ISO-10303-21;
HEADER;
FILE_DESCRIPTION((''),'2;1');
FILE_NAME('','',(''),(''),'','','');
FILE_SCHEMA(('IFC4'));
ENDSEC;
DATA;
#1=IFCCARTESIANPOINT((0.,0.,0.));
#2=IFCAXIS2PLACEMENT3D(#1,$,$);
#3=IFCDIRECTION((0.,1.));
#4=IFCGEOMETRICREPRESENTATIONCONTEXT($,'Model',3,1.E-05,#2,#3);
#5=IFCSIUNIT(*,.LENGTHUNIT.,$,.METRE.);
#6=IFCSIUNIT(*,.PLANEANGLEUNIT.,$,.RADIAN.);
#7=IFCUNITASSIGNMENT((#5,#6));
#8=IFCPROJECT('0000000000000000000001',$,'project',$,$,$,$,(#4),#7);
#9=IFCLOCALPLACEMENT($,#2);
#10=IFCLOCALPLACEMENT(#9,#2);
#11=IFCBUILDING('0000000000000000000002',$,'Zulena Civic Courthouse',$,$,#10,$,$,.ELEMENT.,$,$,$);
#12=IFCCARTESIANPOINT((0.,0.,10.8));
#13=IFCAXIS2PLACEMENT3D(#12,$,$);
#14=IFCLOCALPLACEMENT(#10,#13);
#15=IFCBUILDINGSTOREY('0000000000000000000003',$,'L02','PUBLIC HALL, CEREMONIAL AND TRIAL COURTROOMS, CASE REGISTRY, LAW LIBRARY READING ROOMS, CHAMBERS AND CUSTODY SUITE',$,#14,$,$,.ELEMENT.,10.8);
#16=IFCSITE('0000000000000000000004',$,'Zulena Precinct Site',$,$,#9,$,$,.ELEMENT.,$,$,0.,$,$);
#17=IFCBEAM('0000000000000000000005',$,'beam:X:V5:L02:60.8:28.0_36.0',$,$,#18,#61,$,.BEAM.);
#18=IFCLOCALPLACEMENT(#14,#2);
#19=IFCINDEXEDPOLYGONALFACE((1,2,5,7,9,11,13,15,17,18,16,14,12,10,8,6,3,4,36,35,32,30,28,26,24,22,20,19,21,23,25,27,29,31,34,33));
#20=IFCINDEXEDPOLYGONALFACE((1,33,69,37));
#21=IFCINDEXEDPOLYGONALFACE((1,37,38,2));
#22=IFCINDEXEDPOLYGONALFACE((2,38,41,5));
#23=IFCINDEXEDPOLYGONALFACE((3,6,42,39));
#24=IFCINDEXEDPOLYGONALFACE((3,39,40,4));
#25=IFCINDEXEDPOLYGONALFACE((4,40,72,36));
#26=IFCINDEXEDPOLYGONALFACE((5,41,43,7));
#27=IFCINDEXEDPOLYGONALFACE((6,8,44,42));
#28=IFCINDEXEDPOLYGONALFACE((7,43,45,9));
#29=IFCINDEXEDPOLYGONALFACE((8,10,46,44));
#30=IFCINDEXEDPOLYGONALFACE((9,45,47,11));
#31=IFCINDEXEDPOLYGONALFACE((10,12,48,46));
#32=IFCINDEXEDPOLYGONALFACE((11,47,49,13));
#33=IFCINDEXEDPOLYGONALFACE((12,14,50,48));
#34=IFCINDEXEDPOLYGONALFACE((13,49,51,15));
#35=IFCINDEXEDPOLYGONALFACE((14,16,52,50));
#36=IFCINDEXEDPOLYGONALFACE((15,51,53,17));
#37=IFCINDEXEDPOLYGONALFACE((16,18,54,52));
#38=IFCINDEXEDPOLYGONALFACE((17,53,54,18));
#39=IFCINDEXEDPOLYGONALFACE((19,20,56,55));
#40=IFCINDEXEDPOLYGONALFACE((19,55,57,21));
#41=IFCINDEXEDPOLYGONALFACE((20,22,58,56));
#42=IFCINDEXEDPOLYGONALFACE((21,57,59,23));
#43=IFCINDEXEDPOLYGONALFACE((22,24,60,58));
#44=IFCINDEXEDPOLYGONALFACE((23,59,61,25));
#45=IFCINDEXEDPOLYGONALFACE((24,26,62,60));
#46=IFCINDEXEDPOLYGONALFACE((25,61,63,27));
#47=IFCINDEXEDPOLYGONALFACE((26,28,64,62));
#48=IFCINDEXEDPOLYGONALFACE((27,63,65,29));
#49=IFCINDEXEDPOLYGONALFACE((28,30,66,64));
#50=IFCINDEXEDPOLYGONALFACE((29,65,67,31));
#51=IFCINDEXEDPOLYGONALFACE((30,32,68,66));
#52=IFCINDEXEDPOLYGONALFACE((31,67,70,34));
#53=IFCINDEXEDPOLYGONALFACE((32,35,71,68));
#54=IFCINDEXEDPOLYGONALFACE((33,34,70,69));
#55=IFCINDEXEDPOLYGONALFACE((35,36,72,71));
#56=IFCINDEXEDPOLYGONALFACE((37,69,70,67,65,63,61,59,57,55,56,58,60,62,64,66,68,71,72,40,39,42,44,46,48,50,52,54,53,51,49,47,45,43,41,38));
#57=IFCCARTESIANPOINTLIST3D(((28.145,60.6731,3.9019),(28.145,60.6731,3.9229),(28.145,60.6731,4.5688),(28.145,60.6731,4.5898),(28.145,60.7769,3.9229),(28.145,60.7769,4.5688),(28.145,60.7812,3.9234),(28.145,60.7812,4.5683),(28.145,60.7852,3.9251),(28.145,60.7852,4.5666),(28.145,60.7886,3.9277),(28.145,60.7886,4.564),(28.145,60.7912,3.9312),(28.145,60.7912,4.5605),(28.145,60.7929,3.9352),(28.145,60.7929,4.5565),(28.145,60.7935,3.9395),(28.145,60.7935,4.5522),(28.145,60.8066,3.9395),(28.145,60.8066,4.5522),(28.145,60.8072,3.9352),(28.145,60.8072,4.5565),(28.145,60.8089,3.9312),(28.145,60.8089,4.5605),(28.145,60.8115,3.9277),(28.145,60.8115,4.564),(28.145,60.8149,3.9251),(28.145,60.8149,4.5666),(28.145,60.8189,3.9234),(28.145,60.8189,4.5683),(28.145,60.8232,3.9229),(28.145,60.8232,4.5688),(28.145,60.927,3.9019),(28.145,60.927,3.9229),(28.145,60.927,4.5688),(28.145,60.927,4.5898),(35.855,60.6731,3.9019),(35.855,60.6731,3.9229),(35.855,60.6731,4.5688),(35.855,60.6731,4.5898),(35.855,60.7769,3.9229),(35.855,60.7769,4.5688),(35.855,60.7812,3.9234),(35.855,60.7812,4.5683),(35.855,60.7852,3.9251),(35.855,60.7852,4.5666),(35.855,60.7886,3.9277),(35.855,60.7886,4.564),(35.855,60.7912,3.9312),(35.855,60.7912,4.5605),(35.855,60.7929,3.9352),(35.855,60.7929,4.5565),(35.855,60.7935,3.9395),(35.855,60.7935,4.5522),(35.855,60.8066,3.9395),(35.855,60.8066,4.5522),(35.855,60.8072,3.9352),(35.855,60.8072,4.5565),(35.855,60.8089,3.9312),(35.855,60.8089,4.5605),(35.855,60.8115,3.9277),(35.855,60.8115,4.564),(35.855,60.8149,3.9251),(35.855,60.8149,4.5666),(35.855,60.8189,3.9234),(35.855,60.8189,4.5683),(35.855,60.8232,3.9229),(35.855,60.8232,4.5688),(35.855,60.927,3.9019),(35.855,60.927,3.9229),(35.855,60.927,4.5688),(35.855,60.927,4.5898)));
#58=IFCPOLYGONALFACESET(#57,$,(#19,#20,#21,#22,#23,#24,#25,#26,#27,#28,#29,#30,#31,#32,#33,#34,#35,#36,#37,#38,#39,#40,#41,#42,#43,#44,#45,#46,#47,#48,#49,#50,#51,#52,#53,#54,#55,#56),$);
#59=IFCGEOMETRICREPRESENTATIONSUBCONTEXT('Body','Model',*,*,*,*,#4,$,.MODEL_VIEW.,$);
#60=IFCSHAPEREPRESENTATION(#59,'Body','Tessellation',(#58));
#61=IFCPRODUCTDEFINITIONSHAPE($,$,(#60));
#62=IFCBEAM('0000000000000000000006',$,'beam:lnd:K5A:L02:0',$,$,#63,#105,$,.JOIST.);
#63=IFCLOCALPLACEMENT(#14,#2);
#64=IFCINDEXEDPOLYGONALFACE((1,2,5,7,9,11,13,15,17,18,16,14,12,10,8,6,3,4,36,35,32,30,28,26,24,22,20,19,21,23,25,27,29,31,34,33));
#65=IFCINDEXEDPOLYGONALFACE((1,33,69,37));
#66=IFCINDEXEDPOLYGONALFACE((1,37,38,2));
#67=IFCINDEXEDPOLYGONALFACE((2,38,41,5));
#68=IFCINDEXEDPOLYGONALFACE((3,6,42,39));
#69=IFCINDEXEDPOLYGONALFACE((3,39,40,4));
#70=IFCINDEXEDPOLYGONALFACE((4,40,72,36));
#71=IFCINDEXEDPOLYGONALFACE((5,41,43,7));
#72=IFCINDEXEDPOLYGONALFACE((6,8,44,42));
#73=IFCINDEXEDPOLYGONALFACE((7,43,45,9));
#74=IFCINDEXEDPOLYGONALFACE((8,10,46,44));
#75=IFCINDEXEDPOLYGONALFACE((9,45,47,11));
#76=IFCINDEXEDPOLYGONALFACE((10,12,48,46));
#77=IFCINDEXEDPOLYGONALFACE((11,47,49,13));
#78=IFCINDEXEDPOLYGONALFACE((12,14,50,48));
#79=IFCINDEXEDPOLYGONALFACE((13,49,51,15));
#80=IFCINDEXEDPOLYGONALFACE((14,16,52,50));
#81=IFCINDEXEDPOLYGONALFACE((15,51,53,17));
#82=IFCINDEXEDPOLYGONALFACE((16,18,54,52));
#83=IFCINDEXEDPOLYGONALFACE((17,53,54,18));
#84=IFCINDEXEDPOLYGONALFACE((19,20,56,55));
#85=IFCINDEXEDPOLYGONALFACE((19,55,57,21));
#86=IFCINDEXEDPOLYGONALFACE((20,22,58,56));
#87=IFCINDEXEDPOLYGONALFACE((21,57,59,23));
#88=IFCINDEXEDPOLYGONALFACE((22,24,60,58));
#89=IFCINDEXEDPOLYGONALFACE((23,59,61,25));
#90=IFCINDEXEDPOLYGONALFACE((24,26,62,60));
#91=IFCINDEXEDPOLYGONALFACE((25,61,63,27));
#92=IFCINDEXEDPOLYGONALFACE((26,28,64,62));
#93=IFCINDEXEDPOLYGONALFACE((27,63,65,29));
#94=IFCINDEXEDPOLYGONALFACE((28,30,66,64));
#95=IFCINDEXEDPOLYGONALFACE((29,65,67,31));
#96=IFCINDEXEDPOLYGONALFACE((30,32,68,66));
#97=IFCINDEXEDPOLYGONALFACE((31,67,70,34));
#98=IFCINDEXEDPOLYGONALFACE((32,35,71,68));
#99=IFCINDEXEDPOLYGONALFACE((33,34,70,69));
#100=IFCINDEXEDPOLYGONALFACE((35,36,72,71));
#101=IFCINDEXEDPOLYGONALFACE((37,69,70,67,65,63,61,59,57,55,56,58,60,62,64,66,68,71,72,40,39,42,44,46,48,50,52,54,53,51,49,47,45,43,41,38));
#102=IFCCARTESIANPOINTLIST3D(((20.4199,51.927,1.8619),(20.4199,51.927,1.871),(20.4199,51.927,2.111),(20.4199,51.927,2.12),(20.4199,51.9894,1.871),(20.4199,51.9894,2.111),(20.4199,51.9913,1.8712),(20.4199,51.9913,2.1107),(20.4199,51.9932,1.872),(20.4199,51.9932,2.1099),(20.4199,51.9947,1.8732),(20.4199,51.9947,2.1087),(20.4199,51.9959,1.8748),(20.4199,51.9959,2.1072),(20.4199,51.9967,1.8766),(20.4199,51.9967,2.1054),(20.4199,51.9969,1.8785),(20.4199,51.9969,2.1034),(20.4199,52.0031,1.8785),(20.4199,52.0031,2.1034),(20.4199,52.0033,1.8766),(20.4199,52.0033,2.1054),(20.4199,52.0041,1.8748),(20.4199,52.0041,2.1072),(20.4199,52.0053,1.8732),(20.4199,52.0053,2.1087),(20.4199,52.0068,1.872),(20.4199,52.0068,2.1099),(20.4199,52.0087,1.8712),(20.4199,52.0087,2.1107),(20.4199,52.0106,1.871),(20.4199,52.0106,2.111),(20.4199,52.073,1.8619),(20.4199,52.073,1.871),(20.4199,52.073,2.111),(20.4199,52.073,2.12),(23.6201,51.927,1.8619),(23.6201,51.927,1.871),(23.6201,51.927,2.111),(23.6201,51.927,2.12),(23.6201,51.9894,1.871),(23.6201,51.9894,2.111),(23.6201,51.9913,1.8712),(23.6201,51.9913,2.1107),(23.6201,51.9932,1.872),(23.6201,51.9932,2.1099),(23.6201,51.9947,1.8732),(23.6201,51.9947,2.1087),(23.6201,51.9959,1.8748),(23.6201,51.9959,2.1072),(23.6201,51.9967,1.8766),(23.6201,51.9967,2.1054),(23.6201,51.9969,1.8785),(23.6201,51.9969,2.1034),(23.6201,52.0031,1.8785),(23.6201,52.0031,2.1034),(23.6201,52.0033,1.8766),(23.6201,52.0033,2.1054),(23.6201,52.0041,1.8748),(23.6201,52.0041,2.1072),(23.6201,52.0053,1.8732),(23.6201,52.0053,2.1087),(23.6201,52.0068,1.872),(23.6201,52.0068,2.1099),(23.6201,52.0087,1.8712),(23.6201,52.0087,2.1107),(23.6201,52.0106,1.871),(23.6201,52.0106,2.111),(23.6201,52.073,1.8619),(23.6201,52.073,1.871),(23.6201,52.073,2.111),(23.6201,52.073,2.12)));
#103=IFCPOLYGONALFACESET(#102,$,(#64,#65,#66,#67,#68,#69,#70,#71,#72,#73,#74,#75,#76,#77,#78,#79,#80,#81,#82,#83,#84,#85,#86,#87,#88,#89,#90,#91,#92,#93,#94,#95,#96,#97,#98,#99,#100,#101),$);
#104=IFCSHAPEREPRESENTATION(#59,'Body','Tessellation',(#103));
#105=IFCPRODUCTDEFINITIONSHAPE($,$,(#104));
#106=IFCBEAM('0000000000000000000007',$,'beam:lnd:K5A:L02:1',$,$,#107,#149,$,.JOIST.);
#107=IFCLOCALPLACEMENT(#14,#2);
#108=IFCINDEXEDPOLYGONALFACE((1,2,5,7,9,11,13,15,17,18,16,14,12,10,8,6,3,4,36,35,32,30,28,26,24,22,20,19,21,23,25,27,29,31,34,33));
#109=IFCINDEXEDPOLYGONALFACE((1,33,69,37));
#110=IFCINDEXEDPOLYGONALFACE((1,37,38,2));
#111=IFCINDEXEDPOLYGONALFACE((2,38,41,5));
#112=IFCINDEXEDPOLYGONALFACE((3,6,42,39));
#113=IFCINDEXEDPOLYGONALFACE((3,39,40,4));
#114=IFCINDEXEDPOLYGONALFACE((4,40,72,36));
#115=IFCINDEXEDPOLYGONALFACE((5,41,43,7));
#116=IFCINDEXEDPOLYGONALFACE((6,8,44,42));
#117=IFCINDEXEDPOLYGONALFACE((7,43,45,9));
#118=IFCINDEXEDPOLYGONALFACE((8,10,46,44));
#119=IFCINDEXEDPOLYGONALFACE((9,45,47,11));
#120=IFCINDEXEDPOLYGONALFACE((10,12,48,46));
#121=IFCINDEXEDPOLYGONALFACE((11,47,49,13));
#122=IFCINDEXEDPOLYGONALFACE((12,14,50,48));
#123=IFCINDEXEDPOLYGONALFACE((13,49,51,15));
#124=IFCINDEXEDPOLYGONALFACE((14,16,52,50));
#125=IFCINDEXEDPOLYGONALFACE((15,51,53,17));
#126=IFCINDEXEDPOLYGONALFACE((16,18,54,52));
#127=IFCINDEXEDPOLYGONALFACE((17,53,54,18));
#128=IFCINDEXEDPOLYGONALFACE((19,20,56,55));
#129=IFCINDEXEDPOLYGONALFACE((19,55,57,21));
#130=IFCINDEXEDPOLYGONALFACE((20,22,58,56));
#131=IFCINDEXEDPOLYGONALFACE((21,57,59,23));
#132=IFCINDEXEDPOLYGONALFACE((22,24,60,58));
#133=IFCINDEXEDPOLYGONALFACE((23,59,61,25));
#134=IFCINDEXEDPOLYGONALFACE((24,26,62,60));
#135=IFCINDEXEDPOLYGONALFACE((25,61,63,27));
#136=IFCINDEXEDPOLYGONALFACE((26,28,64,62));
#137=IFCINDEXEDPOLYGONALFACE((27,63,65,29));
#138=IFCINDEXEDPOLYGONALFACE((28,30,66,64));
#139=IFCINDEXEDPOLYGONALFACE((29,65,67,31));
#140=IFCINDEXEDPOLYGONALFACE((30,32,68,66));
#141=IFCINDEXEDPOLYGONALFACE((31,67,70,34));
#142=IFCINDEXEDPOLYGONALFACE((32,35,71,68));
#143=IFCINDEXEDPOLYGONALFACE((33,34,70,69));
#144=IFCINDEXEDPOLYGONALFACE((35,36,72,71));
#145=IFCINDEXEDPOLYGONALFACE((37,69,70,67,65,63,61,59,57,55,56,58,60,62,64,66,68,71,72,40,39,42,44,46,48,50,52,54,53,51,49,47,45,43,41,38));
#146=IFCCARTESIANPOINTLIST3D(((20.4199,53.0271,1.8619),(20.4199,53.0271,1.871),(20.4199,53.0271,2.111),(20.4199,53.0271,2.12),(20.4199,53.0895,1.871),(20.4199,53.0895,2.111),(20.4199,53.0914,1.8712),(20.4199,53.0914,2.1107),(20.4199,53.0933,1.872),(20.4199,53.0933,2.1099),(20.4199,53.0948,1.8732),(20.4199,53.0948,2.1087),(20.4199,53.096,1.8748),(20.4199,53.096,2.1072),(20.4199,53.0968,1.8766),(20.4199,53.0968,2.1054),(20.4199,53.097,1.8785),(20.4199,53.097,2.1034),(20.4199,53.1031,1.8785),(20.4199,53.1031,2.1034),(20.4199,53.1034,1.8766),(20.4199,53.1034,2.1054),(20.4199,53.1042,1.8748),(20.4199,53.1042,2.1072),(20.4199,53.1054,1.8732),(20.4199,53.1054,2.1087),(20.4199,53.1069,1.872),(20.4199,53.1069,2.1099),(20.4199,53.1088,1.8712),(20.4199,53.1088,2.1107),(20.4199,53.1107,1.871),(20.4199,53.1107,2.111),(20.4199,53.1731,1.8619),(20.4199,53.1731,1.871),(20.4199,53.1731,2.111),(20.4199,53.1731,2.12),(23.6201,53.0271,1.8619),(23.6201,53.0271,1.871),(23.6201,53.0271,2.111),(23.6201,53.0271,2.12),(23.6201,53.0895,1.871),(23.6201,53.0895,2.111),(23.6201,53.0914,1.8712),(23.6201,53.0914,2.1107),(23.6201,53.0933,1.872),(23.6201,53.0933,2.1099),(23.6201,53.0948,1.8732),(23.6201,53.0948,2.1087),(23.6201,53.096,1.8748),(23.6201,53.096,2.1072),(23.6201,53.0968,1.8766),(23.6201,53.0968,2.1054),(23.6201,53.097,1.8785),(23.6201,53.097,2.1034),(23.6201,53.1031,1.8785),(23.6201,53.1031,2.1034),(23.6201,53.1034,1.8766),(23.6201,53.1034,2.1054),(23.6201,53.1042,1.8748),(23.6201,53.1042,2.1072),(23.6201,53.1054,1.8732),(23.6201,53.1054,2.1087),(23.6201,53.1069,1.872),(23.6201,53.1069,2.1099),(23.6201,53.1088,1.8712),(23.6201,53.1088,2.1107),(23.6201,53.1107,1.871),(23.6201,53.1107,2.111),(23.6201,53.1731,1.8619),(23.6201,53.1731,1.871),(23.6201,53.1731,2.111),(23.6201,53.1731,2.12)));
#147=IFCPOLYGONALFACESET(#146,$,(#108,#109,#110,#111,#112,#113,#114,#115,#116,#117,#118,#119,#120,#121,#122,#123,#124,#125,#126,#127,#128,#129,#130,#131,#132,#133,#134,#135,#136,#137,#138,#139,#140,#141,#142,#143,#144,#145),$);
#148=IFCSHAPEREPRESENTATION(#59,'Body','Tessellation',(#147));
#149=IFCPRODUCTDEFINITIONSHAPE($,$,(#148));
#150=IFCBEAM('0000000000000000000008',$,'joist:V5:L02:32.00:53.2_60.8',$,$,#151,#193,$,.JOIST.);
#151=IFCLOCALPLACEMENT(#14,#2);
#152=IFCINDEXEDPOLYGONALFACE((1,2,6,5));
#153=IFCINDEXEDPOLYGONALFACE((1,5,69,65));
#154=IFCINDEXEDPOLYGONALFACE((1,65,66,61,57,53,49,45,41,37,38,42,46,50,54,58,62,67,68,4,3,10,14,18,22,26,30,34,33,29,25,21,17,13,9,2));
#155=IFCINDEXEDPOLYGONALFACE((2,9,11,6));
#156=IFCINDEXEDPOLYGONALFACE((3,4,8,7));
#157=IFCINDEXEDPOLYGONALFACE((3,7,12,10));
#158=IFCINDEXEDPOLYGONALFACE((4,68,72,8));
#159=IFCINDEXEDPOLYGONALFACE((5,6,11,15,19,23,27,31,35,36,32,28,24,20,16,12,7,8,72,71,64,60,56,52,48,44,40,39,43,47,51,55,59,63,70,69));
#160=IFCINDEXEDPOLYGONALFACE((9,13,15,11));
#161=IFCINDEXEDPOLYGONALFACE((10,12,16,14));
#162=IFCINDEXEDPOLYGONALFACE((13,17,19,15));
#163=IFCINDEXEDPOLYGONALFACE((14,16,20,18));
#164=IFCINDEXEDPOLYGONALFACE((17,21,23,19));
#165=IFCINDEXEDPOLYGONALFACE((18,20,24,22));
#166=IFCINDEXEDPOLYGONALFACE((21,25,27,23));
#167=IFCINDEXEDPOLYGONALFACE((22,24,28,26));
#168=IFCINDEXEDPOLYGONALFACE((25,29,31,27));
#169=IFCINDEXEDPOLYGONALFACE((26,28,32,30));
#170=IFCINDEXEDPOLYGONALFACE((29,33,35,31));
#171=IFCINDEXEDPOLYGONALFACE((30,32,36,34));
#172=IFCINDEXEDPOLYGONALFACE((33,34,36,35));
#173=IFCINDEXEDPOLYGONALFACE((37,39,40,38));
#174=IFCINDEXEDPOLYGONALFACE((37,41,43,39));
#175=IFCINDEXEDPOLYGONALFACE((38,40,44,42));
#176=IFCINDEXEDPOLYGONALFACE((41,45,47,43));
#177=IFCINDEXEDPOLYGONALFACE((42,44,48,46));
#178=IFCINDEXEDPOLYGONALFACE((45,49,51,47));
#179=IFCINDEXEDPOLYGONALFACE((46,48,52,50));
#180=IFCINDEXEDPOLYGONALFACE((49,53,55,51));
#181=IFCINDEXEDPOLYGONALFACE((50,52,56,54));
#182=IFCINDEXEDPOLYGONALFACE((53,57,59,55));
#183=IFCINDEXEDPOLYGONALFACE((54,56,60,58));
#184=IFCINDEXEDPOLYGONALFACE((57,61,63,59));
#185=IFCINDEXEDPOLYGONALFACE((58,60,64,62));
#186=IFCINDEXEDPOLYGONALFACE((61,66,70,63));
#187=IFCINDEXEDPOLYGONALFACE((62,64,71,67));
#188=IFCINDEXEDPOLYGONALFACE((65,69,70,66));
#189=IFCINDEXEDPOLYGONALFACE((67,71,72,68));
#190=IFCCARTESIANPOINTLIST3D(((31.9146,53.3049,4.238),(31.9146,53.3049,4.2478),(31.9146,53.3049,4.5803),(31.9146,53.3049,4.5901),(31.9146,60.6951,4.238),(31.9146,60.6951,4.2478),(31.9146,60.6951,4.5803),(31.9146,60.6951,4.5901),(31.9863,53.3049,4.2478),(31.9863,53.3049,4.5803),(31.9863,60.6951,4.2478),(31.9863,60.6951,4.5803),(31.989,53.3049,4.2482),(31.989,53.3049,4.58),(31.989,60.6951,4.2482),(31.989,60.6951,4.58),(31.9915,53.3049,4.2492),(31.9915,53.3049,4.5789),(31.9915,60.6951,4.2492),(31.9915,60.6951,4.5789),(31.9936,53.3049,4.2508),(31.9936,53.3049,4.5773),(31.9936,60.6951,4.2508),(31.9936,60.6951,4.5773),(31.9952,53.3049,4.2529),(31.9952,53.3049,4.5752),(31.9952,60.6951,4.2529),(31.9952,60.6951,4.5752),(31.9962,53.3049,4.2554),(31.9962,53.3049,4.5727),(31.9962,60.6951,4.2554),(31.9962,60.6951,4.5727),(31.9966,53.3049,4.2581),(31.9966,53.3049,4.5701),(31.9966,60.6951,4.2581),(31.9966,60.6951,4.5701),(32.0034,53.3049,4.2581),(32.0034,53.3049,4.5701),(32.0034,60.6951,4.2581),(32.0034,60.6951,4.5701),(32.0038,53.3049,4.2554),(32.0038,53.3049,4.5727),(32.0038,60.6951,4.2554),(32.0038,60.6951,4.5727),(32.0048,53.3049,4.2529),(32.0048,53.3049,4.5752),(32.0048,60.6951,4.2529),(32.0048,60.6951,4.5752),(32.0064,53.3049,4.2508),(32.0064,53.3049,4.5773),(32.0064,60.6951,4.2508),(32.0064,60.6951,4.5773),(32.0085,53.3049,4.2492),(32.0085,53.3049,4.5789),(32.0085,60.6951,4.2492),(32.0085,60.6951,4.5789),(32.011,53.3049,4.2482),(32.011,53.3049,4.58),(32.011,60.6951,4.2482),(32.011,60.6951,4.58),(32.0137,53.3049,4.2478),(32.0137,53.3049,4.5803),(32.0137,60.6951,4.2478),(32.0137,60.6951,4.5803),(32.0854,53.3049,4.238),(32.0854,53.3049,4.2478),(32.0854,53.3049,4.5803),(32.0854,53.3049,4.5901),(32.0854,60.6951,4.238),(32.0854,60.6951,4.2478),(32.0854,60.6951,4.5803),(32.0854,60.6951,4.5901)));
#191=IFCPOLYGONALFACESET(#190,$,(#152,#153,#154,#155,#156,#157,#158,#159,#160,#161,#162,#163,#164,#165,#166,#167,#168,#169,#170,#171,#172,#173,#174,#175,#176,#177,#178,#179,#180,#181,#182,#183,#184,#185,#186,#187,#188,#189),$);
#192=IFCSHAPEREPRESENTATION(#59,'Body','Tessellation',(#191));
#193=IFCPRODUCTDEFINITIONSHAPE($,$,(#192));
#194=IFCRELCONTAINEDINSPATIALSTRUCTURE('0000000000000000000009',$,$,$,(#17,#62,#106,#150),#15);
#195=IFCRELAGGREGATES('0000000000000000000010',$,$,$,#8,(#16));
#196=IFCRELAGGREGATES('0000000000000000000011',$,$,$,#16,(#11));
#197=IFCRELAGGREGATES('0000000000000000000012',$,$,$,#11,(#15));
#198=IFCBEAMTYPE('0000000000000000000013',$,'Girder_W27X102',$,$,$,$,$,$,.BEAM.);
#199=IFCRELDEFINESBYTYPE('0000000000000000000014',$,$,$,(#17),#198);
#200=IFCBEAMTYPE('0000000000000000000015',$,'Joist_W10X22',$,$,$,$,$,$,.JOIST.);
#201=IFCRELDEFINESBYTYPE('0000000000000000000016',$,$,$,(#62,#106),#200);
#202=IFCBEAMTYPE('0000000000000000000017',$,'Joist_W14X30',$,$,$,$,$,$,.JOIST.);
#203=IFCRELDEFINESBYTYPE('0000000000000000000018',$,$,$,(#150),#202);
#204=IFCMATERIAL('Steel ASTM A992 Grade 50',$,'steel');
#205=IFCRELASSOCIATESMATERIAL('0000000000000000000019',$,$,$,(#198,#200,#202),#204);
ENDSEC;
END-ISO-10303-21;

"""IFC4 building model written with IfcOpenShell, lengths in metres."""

from ifc_helpers import new_model, si_unit, direction, frame, origin, origin_2d, place, context, subcontext, project, spatial, i_section, extrude, material, material_profile, profile_set, type_object, element, save


model = new_model("IFC4")

# Units and contexts
model_context = context("Model", 3, precision=1e-05, world=origin(), true_north=direction((0.0, 1.0)))
body_context = subcontext(model_context, "Body", "Model", "MODEL_VIEW")
ifc_project = project(units=[si_unit("LENGTHUNIT", "METRE"), si_unit("PLANEANGLEUNIT", "RADIAN")], contexts=[model_context])

# Site, building, storey
site_placement = place(None, origin())
site = spatial("IfcSite", under=ifc_project, at=site_placement, Name="Zulena Precinct Site", CompositionType="ELEMENT", RefElevation=0.0)
building_placement = place(site_placement, origin())
building = spatial("IfcBuilding", under=site, at=building_placement, Name="Zulena Civic Courthouse", CompositionType="ELEMENT")
storey_placement = place(building_placement, frame((0.0, 0.0, 10.8)))
storey = spatial("IfcBuildingStorey", under=building, at=storey_placement, Name="L02", Description="PUBLIC HALL, CEREMONIAL AND TRIAL COURTROOMS, CASE REGISTRY, LAW LIBRARY READING ROOMS, CHAMBERS AND CUSTODY SUITE", CompositionType="ELEMENT", Elevation=10.8)

# Shared definitions
ifc_material_1 = material(Name="Steel ASTM A992 Grade 50", Category="steel")

# Beams
ifc_material_profile_1 = material_profile(ifc_material_1, i_section(OverallWidth=0.2539, OverallDepth=0.688, WebThickness=0.0132, FlangeThickness=0.021, FilletRadius=0.0166, at=origin_2d()), Name="W27X102")
ifc_profile_set_1 = profile_set([ifc_material_profile_1], Name="Steel ASTM A992 Grade 50")
beam_type_1 = type_object("IfcBeamType", Name="Girder_W27X102", PredefinedType="BEAM", material=ifc_profile_set_1)
for number, where, z_axis, x_axis, name in (
    (1, (28.145, 60.8, 4.2458), (1.0, 0.0, 0.0), (0.0, 1.0, 0.0), "beam:X:V5:L02:60.8:28.0_36.0"),
):
    element("IfcBeam", number, at=place(storey_placement, frame(where, z_axis=z_axis, x_axis=x_axis)), inside=storey, type_object=beam_type_1, Name=name, PredefinedType="BEAM", context=body_context, shape_type="SweptSolid", body=[
        extrude(i_section(OverallWidth=0.2539, OverallDepth=0.688, WebThickness=0.0132, FlangeThickness=0.021, FilletRadius=0.0166, at=origin_2d()), origin(), (0.0, 0.0, 1.0), 7.71),
    ])
ifc_material_profile_2 = material_profile(ifc_material_1, i_section(OverallWidth=0.146, OverallDepth=0.2581, WebThickness=0.0061, FlangeThickness=0.009, FilletRadius=0.0076, at=origin_2d()), Name="W10X22")
ifc_profile_set_2 = profile_set([ifc_material_profile_2], Name="Steel ASTM A992 Grade 50")
beam_type_2 = type_object("IfcBeamType", Name="Joist_W10X22", PredefinedType="JOIST", material=ifc_profile_set_2)
for number, where, z_axis, x_axis, name in (
    (2, (20.4199, 52.0, 1.991), (1.0, 0.0, 0.0), (0.0, 1.0, 0.0), "beam:lnd:K5A:L02:0"),
    (3, (20.4199, 53.1001, 1.991), (1.0, 0.0, 0.0), (0.0, 1.0, 0.0), "beam:lnd:K5A:L02:1"),
):
    element("IfcBeam", number, at=place(storey_placement, frame(where, z_axis=z_axis, x_axis=x_axis)), inside=storey, type_object=beam_type_2, Name=name, PredefinedType="JOIST", context=body_context, shape_type="SweptSolid", body=[
        extrude(i_section(OverallWidth=0.146, OverallDepth=0.2581, WebThickness=0.0061, FlangeThickness=0.009, FilletRadius=0.0076, at=origin_2d()), origin(), (0.0, 0.0, 1.0), 3.2002),
    ])
ifc_material_profile_3 = material_profile(ifc_material_1, i_section(OverallWidth=0.1709, OverallDepth=0.3521, WebThickness=0.0068, FlangeThickness=0.0098, FilletRadius=0.0103, at=origin_2d()), Name="W14X30")
ifc_profile_set_3 = profile_set([ifc_material_profile_3], Name="Steel ASTM A992 Grade 50")
beam_type_3 = type_object("IfcBeamType", Name="Joist_W14X30", PredefinedType="JOIST", material=ifc_profile_set_3)
beam_1_placement = place(storey_placement, frame((32.0, 53.3049, 4.4141), z_axis=(0.0, 1.0, 0.0), x_axis=(-1.0, 0.0, 0.0)))
element("IfcBeam", 4, at=beam_1_placement, inside=storey, type_object=beam_type_3, Name="joist:V5:L02:32.00:53.2_60.8", PredefinedType="JOIST", context=body_context, shape_type="SweptSolid", body=[
    extrude(i_section(OverallWidth=0.1709, OverallDepth=0.3521, WebThickness=0.0068, FlangeThickness=0.0098, FilletRadius=0.0103, at=origin_2d()), origin(), (0.0, 0.0, 1.0), 7.3901),
])

save(model, "model.ifc")
